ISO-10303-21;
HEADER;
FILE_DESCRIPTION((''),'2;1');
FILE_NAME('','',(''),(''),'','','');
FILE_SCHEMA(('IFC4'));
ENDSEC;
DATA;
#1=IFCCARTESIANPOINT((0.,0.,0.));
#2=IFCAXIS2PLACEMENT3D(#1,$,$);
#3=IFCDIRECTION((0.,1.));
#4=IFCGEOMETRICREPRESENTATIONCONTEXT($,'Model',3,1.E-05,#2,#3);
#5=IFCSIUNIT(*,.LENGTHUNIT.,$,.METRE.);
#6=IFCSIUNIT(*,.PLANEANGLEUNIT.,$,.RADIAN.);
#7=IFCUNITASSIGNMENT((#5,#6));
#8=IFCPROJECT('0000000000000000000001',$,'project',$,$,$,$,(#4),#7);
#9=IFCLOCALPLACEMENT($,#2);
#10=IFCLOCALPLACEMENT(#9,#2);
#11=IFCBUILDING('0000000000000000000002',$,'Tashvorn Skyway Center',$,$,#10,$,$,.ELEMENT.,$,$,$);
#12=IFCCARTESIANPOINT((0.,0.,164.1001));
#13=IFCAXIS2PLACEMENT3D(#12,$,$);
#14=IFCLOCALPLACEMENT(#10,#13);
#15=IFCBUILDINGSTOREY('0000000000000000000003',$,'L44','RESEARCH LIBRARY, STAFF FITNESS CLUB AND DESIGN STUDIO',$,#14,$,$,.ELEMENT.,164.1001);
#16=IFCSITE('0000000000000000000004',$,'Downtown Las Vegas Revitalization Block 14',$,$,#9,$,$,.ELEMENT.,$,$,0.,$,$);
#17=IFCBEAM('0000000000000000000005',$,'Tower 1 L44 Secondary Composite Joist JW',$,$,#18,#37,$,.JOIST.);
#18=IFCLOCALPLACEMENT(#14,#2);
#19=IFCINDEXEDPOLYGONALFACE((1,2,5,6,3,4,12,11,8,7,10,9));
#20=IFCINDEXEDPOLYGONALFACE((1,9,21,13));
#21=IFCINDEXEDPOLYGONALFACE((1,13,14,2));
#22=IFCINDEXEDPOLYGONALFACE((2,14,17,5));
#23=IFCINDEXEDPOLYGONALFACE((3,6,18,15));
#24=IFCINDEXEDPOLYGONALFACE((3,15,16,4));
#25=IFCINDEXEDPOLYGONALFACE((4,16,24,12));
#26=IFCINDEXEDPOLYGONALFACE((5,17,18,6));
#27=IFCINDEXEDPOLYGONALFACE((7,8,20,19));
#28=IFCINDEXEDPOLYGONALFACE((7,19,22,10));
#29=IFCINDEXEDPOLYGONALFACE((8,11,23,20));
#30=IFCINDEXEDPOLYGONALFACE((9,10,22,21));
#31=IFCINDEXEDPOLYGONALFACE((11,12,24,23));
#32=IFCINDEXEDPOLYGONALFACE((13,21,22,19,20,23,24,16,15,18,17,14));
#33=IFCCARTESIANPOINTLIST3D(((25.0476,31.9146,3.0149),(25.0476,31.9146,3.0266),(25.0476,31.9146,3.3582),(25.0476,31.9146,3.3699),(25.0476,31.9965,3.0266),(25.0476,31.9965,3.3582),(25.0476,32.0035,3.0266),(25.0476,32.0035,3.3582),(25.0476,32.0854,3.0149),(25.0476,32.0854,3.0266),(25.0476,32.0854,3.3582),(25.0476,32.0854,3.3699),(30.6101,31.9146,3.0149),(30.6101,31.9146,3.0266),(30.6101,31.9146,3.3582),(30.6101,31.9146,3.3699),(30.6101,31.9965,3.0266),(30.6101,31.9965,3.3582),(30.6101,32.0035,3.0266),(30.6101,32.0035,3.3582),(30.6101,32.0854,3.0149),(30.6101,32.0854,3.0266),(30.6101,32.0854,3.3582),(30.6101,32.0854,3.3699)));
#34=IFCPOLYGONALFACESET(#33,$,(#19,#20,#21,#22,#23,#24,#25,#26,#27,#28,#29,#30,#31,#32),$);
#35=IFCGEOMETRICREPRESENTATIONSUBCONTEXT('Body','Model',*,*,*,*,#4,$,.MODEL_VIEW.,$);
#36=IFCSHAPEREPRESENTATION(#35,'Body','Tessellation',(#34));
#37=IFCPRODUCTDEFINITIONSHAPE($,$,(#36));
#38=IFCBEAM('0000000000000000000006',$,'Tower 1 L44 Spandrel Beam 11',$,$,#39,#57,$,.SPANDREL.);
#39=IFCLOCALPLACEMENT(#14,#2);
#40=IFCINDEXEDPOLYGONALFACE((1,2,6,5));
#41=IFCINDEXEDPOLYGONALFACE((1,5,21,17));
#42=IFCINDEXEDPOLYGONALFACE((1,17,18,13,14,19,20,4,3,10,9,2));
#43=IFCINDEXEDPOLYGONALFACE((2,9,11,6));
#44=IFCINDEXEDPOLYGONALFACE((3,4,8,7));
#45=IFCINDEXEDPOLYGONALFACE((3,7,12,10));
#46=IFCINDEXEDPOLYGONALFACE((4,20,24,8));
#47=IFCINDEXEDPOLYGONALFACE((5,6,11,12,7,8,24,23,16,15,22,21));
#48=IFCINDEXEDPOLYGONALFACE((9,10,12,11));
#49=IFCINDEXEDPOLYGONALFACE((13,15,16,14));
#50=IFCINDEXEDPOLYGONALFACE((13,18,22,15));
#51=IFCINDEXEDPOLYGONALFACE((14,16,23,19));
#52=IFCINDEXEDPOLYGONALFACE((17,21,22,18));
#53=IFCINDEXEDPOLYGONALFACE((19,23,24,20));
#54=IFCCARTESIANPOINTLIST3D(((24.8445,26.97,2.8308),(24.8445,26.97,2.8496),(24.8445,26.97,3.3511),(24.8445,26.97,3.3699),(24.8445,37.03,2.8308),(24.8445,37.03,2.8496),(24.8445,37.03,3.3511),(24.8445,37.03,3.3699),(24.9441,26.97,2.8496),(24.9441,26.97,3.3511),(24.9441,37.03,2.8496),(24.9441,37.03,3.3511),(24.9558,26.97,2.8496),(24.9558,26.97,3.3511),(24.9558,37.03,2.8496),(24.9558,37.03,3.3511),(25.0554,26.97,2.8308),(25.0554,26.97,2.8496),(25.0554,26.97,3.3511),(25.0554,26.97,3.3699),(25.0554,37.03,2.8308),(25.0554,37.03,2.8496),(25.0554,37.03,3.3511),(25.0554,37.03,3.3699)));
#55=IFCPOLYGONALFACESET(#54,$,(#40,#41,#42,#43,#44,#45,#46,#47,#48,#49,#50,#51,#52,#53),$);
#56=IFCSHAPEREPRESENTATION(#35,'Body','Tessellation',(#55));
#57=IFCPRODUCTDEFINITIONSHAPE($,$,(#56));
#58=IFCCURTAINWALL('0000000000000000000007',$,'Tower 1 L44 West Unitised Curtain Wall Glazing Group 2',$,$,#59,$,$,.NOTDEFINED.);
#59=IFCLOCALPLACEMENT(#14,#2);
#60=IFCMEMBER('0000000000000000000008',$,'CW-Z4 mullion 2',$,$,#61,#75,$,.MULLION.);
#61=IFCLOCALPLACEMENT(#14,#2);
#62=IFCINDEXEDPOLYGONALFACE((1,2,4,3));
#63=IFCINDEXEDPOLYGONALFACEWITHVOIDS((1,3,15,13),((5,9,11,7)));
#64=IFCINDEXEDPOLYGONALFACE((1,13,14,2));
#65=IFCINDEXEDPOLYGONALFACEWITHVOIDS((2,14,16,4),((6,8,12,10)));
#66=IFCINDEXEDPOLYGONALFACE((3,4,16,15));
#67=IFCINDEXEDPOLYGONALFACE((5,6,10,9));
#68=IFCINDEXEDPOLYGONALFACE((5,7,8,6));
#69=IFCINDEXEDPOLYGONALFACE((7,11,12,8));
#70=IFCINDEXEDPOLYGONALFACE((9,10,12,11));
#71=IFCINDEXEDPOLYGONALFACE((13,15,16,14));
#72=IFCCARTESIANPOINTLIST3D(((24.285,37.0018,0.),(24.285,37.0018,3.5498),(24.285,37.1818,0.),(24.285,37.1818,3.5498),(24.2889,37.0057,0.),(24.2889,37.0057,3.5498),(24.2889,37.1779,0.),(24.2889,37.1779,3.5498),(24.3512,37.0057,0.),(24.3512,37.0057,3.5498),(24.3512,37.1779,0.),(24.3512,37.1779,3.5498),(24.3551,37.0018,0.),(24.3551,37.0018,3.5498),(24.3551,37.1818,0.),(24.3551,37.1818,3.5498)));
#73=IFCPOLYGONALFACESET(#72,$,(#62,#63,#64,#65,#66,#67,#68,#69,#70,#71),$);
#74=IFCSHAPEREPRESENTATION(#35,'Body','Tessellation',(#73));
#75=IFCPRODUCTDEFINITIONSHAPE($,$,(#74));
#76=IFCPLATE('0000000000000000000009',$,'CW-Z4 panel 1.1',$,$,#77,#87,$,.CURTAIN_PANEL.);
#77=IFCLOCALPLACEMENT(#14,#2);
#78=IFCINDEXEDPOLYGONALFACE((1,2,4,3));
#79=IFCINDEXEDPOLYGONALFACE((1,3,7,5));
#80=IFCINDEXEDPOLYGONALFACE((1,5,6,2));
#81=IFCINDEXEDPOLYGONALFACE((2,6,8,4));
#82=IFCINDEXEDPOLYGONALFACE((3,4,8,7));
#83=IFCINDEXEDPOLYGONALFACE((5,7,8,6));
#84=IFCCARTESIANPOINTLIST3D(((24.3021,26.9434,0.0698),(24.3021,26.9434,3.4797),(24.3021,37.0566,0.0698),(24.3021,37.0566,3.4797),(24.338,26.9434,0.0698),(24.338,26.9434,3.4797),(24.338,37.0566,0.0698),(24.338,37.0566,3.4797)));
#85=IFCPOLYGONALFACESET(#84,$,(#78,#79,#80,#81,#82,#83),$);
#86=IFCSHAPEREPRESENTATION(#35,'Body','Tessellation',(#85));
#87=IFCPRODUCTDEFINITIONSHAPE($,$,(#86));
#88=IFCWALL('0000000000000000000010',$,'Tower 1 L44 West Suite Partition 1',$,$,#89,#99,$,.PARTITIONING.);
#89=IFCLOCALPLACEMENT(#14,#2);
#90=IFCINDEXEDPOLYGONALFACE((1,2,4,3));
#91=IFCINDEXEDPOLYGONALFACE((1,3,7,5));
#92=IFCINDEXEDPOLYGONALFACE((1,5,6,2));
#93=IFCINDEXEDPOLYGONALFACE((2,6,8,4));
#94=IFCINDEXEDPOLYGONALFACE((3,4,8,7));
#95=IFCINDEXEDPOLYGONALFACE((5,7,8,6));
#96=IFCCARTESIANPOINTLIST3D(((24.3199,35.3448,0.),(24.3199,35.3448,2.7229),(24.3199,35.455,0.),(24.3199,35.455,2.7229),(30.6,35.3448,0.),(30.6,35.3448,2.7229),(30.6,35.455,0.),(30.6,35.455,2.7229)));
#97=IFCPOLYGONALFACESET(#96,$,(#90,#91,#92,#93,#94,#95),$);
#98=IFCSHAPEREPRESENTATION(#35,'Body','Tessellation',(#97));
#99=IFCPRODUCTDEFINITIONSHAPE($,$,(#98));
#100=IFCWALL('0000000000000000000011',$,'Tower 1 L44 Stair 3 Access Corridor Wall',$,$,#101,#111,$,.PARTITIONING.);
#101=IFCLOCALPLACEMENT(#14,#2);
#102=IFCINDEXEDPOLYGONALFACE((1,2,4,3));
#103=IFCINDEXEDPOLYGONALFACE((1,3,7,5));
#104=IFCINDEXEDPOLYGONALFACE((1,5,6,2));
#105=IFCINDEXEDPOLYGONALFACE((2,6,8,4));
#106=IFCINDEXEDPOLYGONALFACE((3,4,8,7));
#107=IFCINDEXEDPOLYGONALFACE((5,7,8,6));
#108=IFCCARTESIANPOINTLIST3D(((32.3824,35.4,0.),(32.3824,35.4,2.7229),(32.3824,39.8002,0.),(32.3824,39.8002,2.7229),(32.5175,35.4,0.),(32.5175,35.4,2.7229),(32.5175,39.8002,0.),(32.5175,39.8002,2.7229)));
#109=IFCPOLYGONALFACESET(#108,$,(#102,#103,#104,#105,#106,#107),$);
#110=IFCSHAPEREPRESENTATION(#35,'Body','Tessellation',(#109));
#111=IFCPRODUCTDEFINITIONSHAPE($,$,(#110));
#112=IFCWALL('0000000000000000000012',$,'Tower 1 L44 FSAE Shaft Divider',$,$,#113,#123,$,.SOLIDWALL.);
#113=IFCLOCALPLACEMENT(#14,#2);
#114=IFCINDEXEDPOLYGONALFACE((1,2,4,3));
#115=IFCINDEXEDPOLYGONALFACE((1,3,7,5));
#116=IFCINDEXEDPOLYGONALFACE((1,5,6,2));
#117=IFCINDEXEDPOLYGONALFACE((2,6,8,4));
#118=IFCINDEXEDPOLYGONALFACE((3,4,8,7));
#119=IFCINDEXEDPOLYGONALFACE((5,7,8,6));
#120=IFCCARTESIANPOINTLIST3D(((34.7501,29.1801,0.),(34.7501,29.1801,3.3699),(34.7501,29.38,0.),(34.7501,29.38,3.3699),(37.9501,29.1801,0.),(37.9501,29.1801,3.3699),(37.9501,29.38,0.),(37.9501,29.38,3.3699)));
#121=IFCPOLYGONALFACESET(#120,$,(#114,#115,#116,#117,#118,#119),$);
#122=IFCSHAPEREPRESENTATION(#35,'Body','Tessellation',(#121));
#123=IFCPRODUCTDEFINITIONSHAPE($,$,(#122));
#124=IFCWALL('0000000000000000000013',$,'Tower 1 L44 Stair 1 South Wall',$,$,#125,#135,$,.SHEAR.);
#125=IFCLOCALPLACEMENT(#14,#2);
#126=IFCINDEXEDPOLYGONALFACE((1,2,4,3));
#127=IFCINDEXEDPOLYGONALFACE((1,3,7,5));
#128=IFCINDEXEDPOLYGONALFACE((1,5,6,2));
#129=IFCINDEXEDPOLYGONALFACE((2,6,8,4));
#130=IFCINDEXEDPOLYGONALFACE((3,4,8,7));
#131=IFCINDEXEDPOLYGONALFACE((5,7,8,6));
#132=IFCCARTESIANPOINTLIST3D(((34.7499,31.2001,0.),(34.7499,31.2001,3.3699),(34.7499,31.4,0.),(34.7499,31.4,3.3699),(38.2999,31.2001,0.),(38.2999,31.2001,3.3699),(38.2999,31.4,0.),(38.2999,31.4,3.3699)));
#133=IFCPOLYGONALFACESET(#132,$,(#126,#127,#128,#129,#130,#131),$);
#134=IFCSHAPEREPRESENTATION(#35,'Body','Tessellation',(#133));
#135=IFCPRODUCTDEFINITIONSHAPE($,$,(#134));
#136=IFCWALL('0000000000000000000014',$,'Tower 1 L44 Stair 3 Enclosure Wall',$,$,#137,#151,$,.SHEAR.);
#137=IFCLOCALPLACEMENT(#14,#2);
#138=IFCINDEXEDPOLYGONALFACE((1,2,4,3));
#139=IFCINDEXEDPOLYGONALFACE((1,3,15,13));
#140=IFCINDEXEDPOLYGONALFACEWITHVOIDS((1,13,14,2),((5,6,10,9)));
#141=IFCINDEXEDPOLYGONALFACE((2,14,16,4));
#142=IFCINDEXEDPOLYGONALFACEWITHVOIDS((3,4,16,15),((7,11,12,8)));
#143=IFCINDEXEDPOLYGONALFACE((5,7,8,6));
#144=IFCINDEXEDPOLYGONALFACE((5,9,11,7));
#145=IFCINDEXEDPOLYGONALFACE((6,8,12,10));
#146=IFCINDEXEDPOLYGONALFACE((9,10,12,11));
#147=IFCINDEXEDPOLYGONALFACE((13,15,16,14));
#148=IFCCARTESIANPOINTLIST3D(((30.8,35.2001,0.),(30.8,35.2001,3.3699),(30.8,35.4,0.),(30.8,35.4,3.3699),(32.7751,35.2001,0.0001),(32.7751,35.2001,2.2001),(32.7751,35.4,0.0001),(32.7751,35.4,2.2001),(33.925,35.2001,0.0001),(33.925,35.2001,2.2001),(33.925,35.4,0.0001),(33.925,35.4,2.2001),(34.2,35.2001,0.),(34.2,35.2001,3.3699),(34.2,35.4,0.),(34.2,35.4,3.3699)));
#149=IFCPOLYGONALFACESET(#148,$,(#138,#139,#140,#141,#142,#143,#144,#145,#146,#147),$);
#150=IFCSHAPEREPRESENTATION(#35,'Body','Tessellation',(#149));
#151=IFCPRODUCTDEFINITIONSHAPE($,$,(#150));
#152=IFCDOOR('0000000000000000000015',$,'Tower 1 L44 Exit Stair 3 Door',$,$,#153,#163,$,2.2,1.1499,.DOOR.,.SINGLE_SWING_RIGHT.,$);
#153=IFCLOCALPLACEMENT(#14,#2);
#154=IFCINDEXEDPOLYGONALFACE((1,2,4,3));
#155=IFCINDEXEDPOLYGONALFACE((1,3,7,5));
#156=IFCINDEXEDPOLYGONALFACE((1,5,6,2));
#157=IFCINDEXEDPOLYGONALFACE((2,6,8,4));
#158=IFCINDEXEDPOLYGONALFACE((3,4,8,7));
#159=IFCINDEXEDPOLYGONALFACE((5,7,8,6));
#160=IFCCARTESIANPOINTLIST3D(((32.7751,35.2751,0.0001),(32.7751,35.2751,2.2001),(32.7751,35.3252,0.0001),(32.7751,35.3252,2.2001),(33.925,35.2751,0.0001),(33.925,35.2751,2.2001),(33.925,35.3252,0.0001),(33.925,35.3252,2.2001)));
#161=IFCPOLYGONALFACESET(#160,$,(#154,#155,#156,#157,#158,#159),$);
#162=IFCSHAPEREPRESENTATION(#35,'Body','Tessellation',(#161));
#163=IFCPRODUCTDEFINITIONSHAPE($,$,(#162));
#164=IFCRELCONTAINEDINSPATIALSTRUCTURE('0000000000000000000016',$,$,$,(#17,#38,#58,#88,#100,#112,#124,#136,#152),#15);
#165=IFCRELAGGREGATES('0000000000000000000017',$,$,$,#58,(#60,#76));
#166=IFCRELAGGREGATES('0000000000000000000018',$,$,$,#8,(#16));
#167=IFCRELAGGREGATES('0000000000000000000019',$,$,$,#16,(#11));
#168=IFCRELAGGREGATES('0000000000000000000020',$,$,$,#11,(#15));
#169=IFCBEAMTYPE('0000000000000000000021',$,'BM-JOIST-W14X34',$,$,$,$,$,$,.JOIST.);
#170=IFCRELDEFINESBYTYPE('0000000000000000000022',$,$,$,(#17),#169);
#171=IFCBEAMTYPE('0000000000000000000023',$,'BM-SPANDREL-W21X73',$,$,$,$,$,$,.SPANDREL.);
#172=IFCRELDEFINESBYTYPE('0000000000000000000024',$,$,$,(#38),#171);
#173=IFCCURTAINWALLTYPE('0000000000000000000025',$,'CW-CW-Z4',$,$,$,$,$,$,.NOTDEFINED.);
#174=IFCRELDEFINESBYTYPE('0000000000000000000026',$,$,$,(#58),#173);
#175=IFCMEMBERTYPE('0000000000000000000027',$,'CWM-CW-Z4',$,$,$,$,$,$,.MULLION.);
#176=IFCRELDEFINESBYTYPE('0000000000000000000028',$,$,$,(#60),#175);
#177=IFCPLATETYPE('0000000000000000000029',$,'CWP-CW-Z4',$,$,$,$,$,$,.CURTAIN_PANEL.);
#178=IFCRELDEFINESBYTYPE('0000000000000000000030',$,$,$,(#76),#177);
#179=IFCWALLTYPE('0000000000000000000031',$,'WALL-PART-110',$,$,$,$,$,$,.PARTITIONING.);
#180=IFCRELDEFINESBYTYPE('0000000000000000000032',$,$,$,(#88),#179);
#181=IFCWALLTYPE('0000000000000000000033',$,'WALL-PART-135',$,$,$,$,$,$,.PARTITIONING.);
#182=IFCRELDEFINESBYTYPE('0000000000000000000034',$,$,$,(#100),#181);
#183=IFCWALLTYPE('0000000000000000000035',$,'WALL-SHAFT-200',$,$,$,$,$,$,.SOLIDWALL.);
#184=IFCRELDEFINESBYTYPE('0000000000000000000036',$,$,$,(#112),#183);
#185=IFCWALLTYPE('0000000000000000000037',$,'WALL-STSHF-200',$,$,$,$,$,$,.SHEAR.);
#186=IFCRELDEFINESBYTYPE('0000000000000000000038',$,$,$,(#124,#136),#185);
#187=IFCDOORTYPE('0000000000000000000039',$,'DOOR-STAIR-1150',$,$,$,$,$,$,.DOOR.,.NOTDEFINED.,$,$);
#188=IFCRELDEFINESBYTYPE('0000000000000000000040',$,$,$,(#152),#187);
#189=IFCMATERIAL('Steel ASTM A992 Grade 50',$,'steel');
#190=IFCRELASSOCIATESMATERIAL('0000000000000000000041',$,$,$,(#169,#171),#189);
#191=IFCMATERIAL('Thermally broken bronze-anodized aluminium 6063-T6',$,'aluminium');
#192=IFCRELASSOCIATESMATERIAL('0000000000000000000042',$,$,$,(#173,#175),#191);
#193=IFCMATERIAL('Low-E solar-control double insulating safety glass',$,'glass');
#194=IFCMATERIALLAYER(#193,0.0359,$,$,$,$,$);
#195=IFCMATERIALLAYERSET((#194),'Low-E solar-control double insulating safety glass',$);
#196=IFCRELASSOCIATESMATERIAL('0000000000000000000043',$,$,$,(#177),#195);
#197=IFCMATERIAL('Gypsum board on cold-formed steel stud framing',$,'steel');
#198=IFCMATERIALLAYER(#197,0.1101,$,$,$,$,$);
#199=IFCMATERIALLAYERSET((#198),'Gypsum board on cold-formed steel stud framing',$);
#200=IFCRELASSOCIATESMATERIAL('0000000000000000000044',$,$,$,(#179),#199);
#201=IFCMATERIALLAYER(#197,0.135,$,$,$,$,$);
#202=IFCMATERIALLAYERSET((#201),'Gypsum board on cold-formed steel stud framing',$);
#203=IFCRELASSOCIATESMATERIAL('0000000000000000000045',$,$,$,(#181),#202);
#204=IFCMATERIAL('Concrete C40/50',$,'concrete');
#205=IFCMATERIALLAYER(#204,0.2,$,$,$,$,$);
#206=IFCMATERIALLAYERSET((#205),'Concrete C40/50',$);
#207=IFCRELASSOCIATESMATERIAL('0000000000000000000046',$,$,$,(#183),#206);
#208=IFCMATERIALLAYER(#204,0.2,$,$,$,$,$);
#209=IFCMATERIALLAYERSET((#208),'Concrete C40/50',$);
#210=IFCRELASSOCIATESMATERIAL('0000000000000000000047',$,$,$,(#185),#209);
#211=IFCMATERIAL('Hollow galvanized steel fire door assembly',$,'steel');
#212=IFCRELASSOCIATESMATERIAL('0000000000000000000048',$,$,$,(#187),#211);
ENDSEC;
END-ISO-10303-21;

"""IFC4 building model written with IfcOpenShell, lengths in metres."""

from ifc_helpers import new_model, si_unit, direction, frame, frame_2d, origin, origin_2d, place, context, subcontext, project, spatial, rectangle, hollow_rectangle, i_section, extrude, material, layer, layer_set, material_profile, profile_set, type_object, element, fill, aggregate, save


model = new_model("IFC4")

# Units and contexts
model_context = context("Model", 3, precision=1e-05, world=origin(), true_north=direction((0.0, 1.0)))
body_context = subcontext(model_context, "Body", "Model", "MODEL_VIEW")
ifc_project = project(units=[si_unit("LENGTHUNIT", "METRE"), si_unit("PLANEANGLEUNIT", "RADIAN")], contexts=[model_context])

# Site, building, storey
site_placement = place(None, origin())
site = spatial("IfcSite", under=ifc_project, at=site_placement, Name="Downtown Las Vegas Revitalization Block 14", CompositionType="ELEMENT", RefElevation=0.0)
building_placement = place(site_placement, origin())
building = spatial("IfcBuilding", under=site, at=building_placement, Name="Tashvorn Skyway Center", CompositionType="ELEMENT")
storey_placement = place(building_placement, frame((0.0, 0.0, 164.1001)))
storey = spatial("IfcBuildingStorey", under=building, at=storey_placement, Name="L44", Description="RESEARCH LIBRARY, STAFF FITNESS CLUB AND DESIGN STUDIO", CompositionType="ELEMENT", Elevation=164.1001)

# Beams
ifc_material_1 = material(Name="Steel ASTM A992 Grade 50", Category="steel")
ifc_material_profile_1 = material_profile(ifc_material_1, i_section(OverallWidth=0.1709, OverallDepth=0.355, WebThickness=0.0071, FlangeThickness=0.0117, at=origin_2d()), Name="W14X34")
ifc_profile_set_1 = profile_set([ifc_material_profile_1], Name="Steel ASTM A992 Grade 50")
beam_type_1 = type_object("IfcBeamType", Name="BM-JOIST-W14X34", PredefinedType="JOIST", material=ifc_profile_set_1)
beam_1_placement = place(storey_placement, frame((30.6101, 32.0, 3.1924), z_axis=(-1.0, 0.0, 0.0), x_axis=(0.0, -1.0, 0.0)))
element("IfcBeam", 1, at=beam_1_placement, inside=storey, type_object=beam_type_1, Name="Tower 1 L44 Secondary Composite Joist JW", PredefinedType="JOIST", context=body_context, shape_type="SweptSolid", body=[
    extrude(i_section(OverallWidth=0.1709, OverallDepth=0.355, WebThickness=0.0071, FlangeThickness=0.0117, at=origin_2d()), origin(), (0.0, 0.0, 1.0), 5.5625),
])
ifc_material_profile_2 = material_profile(ifc_material_1, i_section(OverallWidth=0.2109, OverallDepth=0.5391, WebThickness=0.0117, FlangeThickness=0.0188, at=origin_2d()), Name="W21X73")
ifc_profile_set_2 = profile_set([ifc_material_profile_2], Name="Steel ASTM A992 Grade 50")
beam_type_2 = type_object("IfcBeamType", Name="BM-SPANDREL-W21X73", PredefinedType="SPANDREL", material=ifc_profile_set_2)
beam_2_placement = place(storey_placement, frame((24.95, 37.03, 3.1003), z_axis=(0.0, -1.0, 0.0), x_axis=(1.0, 0.0, 0.0)))
element("IfcBeam", 2, at=beam_2_placement, inside=storey, type_object=beam_type_2, Name="Tower 1 L44 Spandrel Beam 11", PredefinedType="SPANDREL", context=body_context, shape_type="SweptSolid", body=[
    extrude(i_section(OverallWidth=0.2109, OverallDepth=0.5391, WebThickness=0.0117, FlangeThickness=0.0188, at=origin_2d()), origin(), (0.0, 0.0, 1.0), 10.0601),
])

# Curtain wall, member, plate
ifc_material_2 = material(Name="Thermally broken bronze-anodized aluminium 6063-T6", Category="aluminium")
curtain_wall_type = type_object("IfcCurtainWallType", Name="CW-CW-Z4", PredefinedType="NOTDEFINED", material=ifc_material_2)
curtain_wall_placement = place(storey_placement, origin())
curtain_wall = element("IfcCurtainWall", 3, at=curtain_wall_placement, inside=storey, type_object=curtain_wall_type, Name="Tower 1 L44 West Unitised Curtain Wall Glazing Group 2", PredefinedType="NOTDEFINED")
ifc_material_profile_3 = material_profile(ifc_material_2, hollow_rectangle(XDim=0.0701, YDim=0.1799, WallThickness=0.0039, at=origin_2d()), Name="ALU-MULL-70x180")
ifc_profile_set_3 = profile_set([ifc_material_profile_3], Name="Thermally broken bronze-anodized aluminium 6063-T6")
member_type = type_object("IfcMemberType", Name="CWM-CW-Z4", PredefinedType="MULLION", material=ifc_profile_set_3)
member_placement = place(storey_placement, frame((24.3201, 37.0918, 0.0), z_axis=(0.0, 0.0, 1.0), x_axis=(-1.0, 0.0, 0.0)))
member = element("IfcMember", 4, at=member_placement, type_object=member_type, Name="CW-Z4 mullion 2", PredefinedType="MULLION", context=body_context, shape_type="SweptSolid", body=[
    extrude(hollow_rectangle(XDim=0.0701, YDim=0.1799, WallThickness=0.0039, at=origin_2d()), origin(), (0.0, 0.0, 1.0), 3.5498),
])
ifc_material_3 = material(Name="Low-E solar-control double insulating safety glass", Category="glass")
ifc_layer_1 = layer(ifc_material_3, 0.0359)
ifc_layer_set_1 = layer_set([ifc_layer_1], Name="Low-E solar-control double insulating safety glass")
plate_type = type_object("IfcPlateType", Name="CWP-CW-Z4", PredefinedType="CURTAIN_PANEL", material=ifc_layer_set_1)
plate_placement = place(storey_placement, frame((24.3201, 32.0, 0.0698), z_axis=(0.0, 0.0, 1.0), x_axis=(0.0, 1.0, 0.0)))
plate = element("IfcPlate", 5, at=plate_placement, type_object=plate_type, Name="CW-Z4 panel 1.1", PredefinedType="CURTAIN_PANEL", context=body_context, shape_type="SweptSolid", body=[
    extrude(rectangle(XDim=10.1133, YDim=0.0359, at=origin_2d()), origin(), (0.0, 0.0, 1.0), 3.4099),
])
aggregate(curtain_wall, [member, plate])

# Walls
ifc_material_4 = material(Name="Gypsum board on cold-formed steel stud framing", Category="steel")
ifc_layer_2 = layer(ifc_material_4, 0.1101)
ifc_layer_set_2 = layer_set([ifc_layer_2], Name="Gypsum board on cold-formed steel stud framing")
wall_type_1 = type_object("IfcWallType", Name="WALL-PART-110", PredefinedType="PARTITIONING", material=ifc_layer_set_2)
wall_1_placement = place(storey_placement, frame((30.6001, 35.3999, 0.0), z_axis=(0.0, 0.0, 1.0), x_axis=(-1.0, 0.0, 0.0)))
element("IfcWall", 6, at=wall_1_placement, inside=storey, type_object=wall_type_1, Name="Tower 1 L44 West Suite Partition 1", PredefinedType="PARTITIONING", context=body_context, shape_type="SweptSolid", body=[
    extrude(rectangle(XDim=6.28, YDim=0.1101, at=frame_2d((3.1401, 0.0))), origin(), (0.0, 0.0, 1.0), 2.7229),
])
ifc_layer_3 = layer(ifc_material_4, 0.135)
ifc_layer_set_3 = layer_set([ifc_layer_3], Name="Gypsum board on cold-formed steel stud framing")
wall_type_2 = type_object("IfcWallType", Name="WALL-PART-135", PredefinedType="PARTITIONING", material=ifc_layer_set_3)
wall_2_placement = place(storey_placement, frame((32.45, 35.3999, 0.0), z_axis=(0.0, 0.0, 1.0), x_axis=(0.0, 1.0, 0.0)))
element("IfcWall", 7, at=wall_2_placement, inside=storey, type_object=wall_type_2, Name="Tower 1 L44 Stair 3 Access Corridor Wall", PredefinedType="PARTITIONING", context=body_context, shape_type="SweptSolid", body=[
    extrude(rectangle(XDim=4.4001, YDim=0.135, at=frame_2d((2.2002, 0.0))), origin(), (0.0, 0.0, 1.0), 2.7229),
])
ifc_material_5 = material(Name="Concrete C40/50", Category="concrete")
ifc_layer_4 = layer(ifc_material_5, 0.2)
ifc_layer_set_4 = layer_set([ifc_layer_4], Name="Concrete C40/50")
wall_type_3 = type_object("IfcWallType", Name="WALL-SHAFT-200", PredefinedType="SOLIDWALL", material=ifc_layer_set_4)
wall_3_placement = place(storey_placement, frame((34.75, 29.28, 0.0), z_axis=(0.0, 0.0, 1.0), x_axis=(1.0, 0.0, 0.0)))
element("IfcWall", 8, at=wall_3_placement, inside=storey, type_object=wall_type_3, Name="Tower 1 L44 FSAE Shaft Divider", PredefinedType="SOLIDWALL", context=body_context, shape_type="SweptSolid", body=[
    extrude(rectangle(XDim=3.2, YDim=0.2, at=frame_2d((1.6001, 0.0))), origin(), (0.0, 0.0, 1.0), 3.3699),
])
ifc_layer_5 = layer(ifc_material_5, 0.2)
ifc_layer_set_5 = layer_set([ifc_layer_5], Name="Concrete C40/50")
wall_type_4 = type_object("IfcWallType", Name="WALL-STSHF-200", PredefinedType="SHEAR", material=ifc_layer_set_5)
wall_4_placement = place(storey_placement, frame((34.75, 31.3, 0.0), z_axis=(0.0, 0.0, 1.0), x_axis=(1.0, 0.0, 0.0)))
element("IfcWall", 9, at=wall_4_placement, inside=storey, type_object=wall_type_4, Name="Tower 1 L44 Stair 1 South Wall", PredefinedType="SHEAR", context=body_context, shape_type="SweptSolid", body=[
    extrude(rectangle(XDim=3.55, YDim=0.2, at=frame_2d((1.7749, 0.0))), origin(), (0.0, 0.0, 1.0), 3.3699),
])

# Wall, opening, door
wall_5_placement = place(storey_placement, frame((34.2, 35.3, 0.0), z_axis=(0.0, 0.0, 1.0), x_axis=(-1.0, 0.0, 0.0)))
wall_5 = element("IfcWall", 10, at=wall_5_placement, inside=storey, type_object=wall_type_4, Name="Tower 1 L44 Stair 3 Enclosure Wall", PredefinedType="SHEAR", context=body_context, shape_type="SweptSolid", body=[
    extrude(rectangle(XDim=3.3999, YDim=0.2, at=frame_2d((1.7, 0.0))), origin(), (0.0, 0.0, 1.0), 3.3699),
])
opening_placement = place(wall_5_placement, frame((0.2749, 0.0, 0.0)))
opening = element("IfcOpeningElement", 11, at=opening_placement, cuts=wall_5, PredefinedType="OPENING", context=body_context, shape_type="SweptSolid", body=[
    extrude(rectangle(XDim=1.1499, YDim=2.2, at=frame_2d((0.575, 1.1001))), frame((0.0, 0.1099, 0.0), z_axis=(0.0, -1.0, 0.0), x_axis=(1.0, 0.0, 0.0)), (0.0, 0.0, 1.0), 0.22),
])
ifc_material_6 = material(Name="Hollow galvanized steel fire door assembly", Category="steel")
door_type = type_object("IfcDoorType", Name="DOOR-STAIR-1150", OperationType="NOTDEFINED", PredefinedType="DOOR", material=ifc_material_6)
door_placement = place(opening_placement, origin())
door = element("IfcDoor", 12, at=door_placement, inside=storey, type_object=door_type, Name="Tower 1 L44 Exit Stair 3 Door", OperationType="SINGLE_SWING_RIGHT", OverallHeight=2.2, OverallWidth=1.1499, PredefinedType="DOOR", context=body_context, shape_type="SweptSolid", body=[
    extrude(rectangle(XDim=1.1499, YDim=2.2, at=frame_2d((0.575, 1.1001))), frame((0.0, 0.0249, 0.0), z_axis=(0.0, -1.0, 0.0), x_axis=(1.0, 0.0, 0.0)), (0.0, 0.0, 1.0), 0.05),
])
fill(opening, door)

save(model, "model.ifc")
